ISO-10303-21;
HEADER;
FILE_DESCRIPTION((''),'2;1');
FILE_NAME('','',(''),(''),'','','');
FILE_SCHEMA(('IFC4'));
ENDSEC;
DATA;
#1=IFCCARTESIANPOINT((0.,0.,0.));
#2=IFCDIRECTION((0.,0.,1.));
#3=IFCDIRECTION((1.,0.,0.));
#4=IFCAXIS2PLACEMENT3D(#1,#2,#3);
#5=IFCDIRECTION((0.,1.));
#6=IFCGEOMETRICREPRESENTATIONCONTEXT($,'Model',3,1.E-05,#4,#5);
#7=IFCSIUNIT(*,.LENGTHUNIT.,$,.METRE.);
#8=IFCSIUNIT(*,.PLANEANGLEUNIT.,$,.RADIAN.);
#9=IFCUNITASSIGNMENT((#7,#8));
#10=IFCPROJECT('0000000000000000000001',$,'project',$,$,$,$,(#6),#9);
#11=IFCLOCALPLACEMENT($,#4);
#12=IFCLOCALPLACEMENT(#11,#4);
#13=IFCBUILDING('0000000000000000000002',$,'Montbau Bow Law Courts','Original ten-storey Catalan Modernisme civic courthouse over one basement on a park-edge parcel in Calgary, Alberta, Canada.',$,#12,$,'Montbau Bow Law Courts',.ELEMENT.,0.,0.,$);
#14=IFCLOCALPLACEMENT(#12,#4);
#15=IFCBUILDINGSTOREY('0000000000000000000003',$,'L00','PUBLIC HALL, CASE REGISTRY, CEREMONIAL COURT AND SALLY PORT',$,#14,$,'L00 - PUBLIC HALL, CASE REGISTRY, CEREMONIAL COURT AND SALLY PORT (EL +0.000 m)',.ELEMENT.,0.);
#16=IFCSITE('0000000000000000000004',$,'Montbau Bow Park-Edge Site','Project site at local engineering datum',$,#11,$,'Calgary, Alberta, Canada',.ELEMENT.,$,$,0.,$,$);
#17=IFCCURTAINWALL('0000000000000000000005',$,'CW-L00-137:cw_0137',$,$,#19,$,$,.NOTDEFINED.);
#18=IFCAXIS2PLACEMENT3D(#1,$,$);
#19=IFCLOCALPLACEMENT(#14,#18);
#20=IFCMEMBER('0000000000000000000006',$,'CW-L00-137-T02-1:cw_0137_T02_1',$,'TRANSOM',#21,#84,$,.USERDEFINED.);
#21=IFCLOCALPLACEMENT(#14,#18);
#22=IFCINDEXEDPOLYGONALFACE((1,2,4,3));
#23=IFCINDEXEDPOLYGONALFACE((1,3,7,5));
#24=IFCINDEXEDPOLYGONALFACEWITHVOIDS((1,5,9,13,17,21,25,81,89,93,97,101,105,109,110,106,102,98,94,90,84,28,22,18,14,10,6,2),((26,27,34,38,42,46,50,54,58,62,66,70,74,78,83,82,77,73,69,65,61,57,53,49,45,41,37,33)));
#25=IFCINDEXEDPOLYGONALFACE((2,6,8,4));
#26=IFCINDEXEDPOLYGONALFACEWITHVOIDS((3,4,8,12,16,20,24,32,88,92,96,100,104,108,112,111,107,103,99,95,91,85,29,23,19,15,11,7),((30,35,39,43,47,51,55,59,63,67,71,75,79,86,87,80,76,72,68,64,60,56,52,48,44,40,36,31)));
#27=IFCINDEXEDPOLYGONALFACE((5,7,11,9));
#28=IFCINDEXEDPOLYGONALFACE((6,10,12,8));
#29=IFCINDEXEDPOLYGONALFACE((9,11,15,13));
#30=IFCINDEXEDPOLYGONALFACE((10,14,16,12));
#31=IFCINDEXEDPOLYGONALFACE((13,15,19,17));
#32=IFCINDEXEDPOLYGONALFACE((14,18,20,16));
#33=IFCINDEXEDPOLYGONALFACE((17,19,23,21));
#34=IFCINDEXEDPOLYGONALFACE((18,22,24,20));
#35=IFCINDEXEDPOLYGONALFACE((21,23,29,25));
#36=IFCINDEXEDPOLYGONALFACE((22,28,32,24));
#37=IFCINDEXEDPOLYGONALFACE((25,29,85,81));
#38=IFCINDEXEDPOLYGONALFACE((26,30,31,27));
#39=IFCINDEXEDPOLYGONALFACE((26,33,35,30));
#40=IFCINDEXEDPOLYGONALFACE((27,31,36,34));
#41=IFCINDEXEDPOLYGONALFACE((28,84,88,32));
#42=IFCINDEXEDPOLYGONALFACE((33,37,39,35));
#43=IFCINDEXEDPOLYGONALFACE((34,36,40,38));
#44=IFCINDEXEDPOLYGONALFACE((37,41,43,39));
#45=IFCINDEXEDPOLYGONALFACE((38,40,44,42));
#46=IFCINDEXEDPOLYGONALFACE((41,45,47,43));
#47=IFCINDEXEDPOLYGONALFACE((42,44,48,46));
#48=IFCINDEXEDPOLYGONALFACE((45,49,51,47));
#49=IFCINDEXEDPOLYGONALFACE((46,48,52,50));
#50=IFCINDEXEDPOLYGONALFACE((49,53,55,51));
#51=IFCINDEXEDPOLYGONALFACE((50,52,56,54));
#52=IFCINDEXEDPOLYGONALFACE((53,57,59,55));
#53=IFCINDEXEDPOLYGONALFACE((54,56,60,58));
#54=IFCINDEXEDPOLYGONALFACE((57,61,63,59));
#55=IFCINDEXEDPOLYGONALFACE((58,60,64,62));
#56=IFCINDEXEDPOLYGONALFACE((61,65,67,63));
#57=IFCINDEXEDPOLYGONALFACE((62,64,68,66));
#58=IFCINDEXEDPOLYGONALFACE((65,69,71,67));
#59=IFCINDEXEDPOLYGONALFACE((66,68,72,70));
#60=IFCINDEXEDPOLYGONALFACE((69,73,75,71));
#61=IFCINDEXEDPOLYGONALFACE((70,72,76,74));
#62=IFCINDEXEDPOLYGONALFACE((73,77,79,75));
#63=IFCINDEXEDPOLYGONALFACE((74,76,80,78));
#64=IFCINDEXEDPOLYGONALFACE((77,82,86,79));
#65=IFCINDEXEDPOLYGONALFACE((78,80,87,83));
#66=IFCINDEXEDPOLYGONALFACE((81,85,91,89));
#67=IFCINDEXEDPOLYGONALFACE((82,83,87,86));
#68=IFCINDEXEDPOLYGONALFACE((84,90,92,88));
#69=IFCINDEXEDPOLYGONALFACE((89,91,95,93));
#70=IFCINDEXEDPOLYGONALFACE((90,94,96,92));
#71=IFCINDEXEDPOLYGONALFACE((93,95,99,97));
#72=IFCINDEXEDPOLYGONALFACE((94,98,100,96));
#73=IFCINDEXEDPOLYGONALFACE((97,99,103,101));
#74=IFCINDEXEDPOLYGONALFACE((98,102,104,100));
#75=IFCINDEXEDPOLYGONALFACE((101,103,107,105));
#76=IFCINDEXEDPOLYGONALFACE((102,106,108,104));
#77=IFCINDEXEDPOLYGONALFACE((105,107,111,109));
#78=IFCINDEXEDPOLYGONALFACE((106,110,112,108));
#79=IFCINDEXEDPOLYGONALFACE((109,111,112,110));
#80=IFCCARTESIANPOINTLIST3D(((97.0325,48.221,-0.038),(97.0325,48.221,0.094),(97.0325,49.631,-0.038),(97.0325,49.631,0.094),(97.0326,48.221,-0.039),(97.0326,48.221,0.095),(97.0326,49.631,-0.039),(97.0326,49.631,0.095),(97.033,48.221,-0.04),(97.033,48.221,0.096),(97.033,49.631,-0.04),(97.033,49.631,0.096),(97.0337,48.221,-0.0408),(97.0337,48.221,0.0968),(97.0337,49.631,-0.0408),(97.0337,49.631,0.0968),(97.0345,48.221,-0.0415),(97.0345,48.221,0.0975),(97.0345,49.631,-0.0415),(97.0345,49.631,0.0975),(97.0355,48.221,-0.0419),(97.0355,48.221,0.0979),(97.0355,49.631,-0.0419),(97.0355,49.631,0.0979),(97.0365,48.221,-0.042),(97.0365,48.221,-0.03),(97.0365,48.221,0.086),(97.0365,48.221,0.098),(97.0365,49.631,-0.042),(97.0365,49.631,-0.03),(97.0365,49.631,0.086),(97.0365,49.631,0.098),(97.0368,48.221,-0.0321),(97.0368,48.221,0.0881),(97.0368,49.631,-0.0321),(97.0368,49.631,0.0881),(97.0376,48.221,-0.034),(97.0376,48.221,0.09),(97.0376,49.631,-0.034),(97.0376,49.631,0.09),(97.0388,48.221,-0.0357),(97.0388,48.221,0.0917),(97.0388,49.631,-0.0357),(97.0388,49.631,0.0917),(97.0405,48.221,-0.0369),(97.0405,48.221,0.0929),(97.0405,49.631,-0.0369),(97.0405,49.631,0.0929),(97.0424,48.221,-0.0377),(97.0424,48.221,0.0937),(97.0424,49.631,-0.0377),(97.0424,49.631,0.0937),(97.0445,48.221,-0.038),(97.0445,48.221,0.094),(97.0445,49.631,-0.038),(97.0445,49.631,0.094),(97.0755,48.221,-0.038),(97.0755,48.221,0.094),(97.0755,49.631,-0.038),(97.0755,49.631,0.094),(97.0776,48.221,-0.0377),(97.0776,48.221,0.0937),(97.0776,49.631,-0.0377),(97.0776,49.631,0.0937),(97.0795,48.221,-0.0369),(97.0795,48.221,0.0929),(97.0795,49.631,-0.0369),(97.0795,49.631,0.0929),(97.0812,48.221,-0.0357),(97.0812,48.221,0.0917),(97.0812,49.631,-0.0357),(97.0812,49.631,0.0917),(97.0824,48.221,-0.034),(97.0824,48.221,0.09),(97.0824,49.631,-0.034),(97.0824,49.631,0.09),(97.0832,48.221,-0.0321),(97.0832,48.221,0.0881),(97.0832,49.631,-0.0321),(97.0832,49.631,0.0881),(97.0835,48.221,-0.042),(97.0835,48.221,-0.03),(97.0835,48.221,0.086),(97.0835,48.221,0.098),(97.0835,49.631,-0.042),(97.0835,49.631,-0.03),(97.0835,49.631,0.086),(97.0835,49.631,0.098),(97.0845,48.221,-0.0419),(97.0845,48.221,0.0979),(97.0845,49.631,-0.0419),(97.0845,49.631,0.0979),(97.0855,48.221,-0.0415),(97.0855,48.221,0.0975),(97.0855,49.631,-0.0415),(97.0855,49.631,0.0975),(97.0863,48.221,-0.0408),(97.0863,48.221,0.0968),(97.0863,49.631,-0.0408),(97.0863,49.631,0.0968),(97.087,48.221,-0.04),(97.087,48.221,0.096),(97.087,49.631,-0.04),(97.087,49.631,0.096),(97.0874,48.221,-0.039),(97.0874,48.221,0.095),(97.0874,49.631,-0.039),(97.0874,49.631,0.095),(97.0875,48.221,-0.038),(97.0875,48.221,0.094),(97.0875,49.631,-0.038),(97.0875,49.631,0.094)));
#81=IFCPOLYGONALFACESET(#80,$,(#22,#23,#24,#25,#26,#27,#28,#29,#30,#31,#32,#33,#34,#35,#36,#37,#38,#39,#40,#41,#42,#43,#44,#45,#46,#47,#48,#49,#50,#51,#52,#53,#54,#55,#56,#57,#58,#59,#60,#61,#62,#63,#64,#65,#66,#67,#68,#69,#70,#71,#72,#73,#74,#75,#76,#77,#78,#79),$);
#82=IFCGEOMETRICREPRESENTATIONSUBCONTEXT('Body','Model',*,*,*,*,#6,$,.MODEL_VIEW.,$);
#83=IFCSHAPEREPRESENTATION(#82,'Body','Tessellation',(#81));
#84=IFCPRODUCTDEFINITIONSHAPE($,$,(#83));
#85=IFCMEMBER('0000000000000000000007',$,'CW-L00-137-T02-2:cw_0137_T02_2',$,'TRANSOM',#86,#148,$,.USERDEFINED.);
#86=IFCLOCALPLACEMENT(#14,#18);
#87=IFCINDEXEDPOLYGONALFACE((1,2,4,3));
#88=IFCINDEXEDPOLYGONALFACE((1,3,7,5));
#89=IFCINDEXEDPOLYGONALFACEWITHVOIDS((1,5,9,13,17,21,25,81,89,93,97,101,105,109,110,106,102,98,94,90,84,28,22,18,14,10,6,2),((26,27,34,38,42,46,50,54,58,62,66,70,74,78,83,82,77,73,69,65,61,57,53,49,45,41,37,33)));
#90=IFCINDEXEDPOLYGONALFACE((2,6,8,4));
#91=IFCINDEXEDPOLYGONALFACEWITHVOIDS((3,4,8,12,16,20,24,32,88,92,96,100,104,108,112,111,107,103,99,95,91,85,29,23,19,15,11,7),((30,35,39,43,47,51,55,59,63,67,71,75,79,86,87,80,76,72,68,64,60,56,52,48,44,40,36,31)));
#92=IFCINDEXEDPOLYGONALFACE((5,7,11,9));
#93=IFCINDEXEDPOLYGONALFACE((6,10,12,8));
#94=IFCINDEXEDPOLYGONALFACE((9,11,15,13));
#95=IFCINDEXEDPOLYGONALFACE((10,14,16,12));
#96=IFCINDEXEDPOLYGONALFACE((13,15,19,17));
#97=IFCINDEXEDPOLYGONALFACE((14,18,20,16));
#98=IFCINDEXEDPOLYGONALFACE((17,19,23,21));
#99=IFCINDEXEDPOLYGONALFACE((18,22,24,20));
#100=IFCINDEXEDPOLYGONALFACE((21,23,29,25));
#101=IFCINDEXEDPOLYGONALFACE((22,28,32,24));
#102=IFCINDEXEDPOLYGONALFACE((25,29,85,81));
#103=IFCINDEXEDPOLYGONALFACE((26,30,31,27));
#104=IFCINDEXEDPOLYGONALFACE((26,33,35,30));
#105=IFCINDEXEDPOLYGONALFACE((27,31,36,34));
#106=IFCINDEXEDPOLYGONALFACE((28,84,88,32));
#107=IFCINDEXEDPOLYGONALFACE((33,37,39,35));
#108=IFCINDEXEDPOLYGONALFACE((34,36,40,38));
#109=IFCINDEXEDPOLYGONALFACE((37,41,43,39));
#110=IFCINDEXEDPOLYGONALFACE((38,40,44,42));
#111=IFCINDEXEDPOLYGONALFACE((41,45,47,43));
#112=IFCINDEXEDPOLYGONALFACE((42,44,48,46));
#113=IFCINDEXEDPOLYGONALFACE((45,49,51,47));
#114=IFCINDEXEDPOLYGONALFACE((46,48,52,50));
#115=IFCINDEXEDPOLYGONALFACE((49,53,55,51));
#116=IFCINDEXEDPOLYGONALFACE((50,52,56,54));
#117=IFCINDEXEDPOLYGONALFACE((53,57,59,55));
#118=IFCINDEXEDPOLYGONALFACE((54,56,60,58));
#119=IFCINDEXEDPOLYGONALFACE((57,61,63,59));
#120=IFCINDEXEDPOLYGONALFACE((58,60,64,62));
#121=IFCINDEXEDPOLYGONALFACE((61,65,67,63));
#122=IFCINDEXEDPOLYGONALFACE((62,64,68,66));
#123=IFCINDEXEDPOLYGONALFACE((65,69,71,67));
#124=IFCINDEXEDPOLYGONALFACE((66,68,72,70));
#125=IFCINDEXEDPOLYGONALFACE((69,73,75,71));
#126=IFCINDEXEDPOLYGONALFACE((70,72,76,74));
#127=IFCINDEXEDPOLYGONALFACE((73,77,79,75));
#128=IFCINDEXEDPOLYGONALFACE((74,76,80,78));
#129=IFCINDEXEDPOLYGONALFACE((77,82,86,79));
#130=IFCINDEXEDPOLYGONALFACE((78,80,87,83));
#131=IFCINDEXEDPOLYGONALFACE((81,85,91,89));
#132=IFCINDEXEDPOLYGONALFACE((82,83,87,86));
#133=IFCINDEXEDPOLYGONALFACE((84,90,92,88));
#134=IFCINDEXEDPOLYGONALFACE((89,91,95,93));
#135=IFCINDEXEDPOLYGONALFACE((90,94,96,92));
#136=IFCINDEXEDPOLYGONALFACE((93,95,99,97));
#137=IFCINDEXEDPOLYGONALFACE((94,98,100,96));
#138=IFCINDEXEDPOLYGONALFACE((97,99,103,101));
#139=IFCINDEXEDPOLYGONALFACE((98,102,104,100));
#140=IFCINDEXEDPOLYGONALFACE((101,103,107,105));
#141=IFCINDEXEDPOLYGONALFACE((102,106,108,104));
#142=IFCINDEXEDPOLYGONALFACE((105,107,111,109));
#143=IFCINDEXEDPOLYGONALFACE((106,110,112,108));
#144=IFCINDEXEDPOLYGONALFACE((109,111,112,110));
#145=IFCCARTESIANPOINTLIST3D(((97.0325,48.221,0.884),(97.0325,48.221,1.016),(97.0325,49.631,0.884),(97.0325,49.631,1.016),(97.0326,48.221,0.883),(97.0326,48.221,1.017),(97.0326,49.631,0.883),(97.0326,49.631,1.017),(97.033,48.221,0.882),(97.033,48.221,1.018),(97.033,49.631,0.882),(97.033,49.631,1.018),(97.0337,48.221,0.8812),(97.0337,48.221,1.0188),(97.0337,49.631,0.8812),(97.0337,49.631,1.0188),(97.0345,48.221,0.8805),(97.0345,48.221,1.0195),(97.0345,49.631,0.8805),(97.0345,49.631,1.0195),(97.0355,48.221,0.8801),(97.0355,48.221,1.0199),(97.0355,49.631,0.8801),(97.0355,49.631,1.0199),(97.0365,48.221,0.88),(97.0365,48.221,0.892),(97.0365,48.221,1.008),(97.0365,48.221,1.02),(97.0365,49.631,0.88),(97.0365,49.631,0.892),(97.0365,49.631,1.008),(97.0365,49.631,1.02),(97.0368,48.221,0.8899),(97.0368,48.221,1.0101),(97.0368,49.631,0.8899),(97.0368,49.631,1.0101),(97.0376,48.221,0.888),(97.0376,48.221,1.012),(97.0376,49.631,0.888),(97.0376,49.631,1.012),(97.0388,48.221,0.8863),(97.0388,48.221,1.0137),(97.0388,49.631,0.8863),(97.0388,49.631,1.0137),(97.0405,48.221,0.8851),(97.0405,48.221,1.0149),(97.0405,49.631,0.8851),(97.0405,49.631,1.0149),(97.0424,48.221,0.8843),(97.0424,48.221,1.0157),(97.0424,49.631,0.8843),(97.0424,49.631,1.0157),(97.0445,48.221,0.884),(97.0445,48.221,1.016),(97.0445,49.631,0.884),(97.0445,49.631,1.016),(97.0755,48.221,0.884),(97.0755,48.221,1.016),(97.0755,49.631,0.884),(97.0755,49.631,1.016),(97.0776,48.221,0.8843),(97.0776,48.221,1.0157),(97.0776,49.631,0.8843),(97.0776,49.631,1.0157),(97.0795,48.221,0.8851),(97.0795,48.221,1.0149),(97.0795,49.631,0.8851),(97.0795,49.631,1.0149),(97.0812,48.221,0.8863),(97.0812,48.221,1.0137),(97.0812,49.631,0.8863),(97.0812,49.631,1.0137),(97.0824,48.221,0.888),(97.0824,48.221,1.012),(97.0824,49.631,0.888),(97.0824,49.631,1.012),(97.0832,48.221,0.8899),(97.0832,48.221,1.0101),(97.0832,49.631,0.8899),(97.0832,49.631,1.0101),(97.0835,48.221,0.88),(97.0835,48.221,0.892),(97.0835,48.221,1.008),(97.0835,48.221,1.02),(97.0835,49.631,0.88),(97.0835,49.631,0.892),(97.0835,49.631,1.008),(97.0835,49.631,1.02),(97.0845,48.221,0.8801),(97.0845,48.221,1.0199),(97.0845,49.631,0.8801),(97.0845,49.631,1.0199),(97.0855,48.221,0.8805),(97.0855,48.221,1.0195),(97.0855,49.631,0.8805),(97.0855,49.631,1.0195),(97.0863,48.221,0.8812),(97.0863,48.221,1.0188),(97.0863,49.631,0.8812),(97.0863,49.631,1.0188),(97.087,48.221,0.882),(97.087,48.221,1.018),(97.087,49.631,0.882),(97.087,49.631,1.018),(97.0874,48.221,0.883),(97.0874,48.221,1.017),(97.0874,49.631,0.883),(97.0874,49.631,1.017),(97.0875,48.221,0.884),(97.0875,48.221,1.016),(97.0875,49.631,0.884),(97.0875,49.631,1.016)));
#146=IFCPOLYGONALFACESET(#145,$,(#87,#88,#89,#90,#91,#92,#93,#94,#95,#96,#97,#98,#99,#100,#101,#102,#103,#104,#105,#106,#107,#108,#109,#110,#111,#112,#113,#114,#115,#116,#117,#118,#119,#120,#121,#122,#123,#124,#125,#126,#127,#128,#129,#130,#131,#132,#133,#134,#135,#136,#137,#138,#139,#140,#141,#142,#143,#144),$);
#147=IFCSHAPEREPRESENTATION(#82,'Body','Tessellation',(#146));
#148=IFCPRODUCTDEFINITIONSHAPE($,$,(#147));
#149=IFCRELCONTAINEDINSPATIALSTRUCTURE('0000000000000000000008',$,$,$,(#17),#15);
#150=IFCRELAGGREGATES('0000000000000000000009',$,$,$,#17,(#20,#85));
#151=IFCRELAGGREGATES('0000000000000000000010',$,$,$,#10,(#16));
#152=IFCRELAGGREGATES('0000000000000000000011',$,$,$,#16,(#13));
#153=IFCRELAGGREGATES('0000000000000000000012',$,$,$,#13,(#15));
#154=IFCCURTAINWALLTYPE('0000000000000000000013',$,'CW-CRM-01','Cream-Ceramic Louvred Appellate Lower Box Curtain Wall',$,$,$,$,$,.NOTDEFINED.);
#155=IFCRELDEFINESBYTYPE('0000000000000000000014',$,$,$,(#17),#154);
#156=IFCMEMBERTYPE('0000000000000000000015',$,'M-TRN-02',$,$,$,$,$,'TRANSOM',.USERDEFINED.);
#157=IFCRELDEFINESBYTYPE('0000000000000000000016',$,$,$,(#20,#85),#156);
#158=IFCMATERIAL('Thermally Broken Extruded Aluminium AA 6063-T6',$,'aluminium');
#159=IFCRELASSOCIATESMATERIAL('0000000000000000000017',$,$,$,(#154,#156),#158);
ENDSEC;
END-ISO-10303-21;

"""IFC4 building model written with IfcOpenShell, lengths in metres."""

from ifc_helpers import new_model, si_unit, direction, frame, origin_with_axes, origin_2d_with_axis, place, context, subcontext, project, spatial, hollow_rectangle, extrude, material, material_profile, profile_set, type_object, element, aggregate, save


model = new_model("IFC4")

# Units and contexts
model_context = context("Model", 3, precision=1e-05, world=origin_with_axes(), true_north=direction((0.0, 1.0)))
body_context = subcontext(model_context, "Body", "Model", "MODEL_VIEW")
ifc_project = project(units=[si_unit("LENGTHUNIT", "METRE"), si_unit("PLANEANGLEUNIT", "RADIAN")], contexts=[model_context])

# Site, building, storey
site_placement = place(None, origin_with_axes())
site = spatial("IfcSite", under=ifc_project, at=site_placement, Name="Montbau Bow Park-Edge Site", Description="Project site at local engineering datum", LongName="Calgary, Alberta, Canada", CompositionType="ELEMENT", RefElevation=0.0)
building_placement = place(site_placement, origin_with_axes())
building = spatial("IfcBuilding", under=site, at=building_placement, Name="Montbau Bow Law Courts", Description="Original ten-storey Catalan Modernisme civic courthouse over one basement on a park-edge parcel in Calgary, Alberta, Canada.", LongName="Montbau Bow Law Courts", CompositionType="ELEMENT", ElevationOfRefHeight=0.0, ElevationOfTerrain=0.0)
storey_placement = place(building_placement, origin_with_axes())
storey = spatial("IfcBuildingStorey", under=building, at=storey_placement, Name="L00", Description="PUBLIC HALL, CASE REGISTRY, CEREMONIAL COURT AND SALLY PORT", LongName="L00 - PUBLIC HALL, CASE REGISTRY, CEREMONIAL COURT AND SALLY PORT (EL +0.000 m)", CompositionType="ELEMENT", Elevation=0.0)

# Curtain wall
ifc_material_1 = material(Name="Thermally Broken Extruded Aluminium AA 6063-T6", Category="aluminium")
curtain_wall_type = type_object("IfcCurtainWallType", Name="CW-CRM-01", Description="Cream-Ceramic Louvred Appellate Lower Box Curtain Wall", PredefinedType="NOTDEFINED", material=ifc_material_1)
curtain_wall_1_placement = place(None, frame((97.06, 46.715, 0.0), z_axis=(0.0, 0.0, 1.0), x_axis=(1.0, 0.0, 0.0)))
curtain_wall_1 = element("IfcCurtainWall", 1, at=curtain_wall_1_placement, inside=storey, type_object=curtain_wall_type, Name="CW-L00-137:cw_0137", PredefinedType="NOTDEFINED")

# Members
ifc_material_profile_1 = material_profile(ifc_material_1, hollow_rectangle(XDim=0.055, YDim=0.14, WallThickness=0.004, InnerFilletRadius=0.008, OuterFilletRadius=0.004, at=origin_2d_with_axis()), Name="CWT-140X55", Category="Main", Priority=0)
ifc_profile_set_1 = profile_set([ifc_material_profile_1], Name="Thermally Broken Extruded Aluminium AA 6063-T6")
member_type_1 = type_object("IfcMemberType", Name="M-TRN-02", ElementType="TRANSOM", PredefinedType="USERDEFINED", material=ifc_profile_set_1)
member_1_placement = place(None, frame((97.06, 48.221, 0.028), z_axis=(0.0, 1.0, 0.0), x_axis=(-1.0, 0.0, 0.0)))
member_1 = element("IfcMember", 2, at=member_1_placement, type_object=member_type_1, Name="CW-L00-137-T02-1:cw_0137_T02_1", ObjectType="TRANSOM", PredefinedType="USERDEFINED", context=body_context, shape_type="SweptSolid", body=[
    extrude(hollow_rectangle(XDim=0.055, YDim=0.14, WallThickness=0.004, InnerFilletRadius=0.008, OuterFilletRadius=0.004, at=origin_2d_with_axis()), origin_with_axes(), (0.0, 0.0, 1.0), 1.41),
])
member_2_placement = place(None, frame((97.06, 48.221, 0.95), z_axis=(0.0, 1.0, 0.0), x_axis=(-1.0, 0.0, 0.0)))
member_2 = element("IfcMember", 3, at=member_2_placement, type_object=member_type_1, Name="CW-L00-137-T02-2:cw_0137_T02_2", ObjectType="TRANSOM", PredefinedType="USERDEFINED", context=body_context, shape_type="SweptSolid", body=[
    extrude(hollow_rectangle(XDim=0.055, YDim=0.14, WallThickness=0.004, InnerFilletRadius=0.008, OuterFilletRadius=0.004, at=origin_2d_with_axis()), origin_with_axes(), (0.0, 0.0, 1.0), 1.41),
])

aggregate(curtain_wall_1, [member_1, member_2])

save(model, "model.ifc")
